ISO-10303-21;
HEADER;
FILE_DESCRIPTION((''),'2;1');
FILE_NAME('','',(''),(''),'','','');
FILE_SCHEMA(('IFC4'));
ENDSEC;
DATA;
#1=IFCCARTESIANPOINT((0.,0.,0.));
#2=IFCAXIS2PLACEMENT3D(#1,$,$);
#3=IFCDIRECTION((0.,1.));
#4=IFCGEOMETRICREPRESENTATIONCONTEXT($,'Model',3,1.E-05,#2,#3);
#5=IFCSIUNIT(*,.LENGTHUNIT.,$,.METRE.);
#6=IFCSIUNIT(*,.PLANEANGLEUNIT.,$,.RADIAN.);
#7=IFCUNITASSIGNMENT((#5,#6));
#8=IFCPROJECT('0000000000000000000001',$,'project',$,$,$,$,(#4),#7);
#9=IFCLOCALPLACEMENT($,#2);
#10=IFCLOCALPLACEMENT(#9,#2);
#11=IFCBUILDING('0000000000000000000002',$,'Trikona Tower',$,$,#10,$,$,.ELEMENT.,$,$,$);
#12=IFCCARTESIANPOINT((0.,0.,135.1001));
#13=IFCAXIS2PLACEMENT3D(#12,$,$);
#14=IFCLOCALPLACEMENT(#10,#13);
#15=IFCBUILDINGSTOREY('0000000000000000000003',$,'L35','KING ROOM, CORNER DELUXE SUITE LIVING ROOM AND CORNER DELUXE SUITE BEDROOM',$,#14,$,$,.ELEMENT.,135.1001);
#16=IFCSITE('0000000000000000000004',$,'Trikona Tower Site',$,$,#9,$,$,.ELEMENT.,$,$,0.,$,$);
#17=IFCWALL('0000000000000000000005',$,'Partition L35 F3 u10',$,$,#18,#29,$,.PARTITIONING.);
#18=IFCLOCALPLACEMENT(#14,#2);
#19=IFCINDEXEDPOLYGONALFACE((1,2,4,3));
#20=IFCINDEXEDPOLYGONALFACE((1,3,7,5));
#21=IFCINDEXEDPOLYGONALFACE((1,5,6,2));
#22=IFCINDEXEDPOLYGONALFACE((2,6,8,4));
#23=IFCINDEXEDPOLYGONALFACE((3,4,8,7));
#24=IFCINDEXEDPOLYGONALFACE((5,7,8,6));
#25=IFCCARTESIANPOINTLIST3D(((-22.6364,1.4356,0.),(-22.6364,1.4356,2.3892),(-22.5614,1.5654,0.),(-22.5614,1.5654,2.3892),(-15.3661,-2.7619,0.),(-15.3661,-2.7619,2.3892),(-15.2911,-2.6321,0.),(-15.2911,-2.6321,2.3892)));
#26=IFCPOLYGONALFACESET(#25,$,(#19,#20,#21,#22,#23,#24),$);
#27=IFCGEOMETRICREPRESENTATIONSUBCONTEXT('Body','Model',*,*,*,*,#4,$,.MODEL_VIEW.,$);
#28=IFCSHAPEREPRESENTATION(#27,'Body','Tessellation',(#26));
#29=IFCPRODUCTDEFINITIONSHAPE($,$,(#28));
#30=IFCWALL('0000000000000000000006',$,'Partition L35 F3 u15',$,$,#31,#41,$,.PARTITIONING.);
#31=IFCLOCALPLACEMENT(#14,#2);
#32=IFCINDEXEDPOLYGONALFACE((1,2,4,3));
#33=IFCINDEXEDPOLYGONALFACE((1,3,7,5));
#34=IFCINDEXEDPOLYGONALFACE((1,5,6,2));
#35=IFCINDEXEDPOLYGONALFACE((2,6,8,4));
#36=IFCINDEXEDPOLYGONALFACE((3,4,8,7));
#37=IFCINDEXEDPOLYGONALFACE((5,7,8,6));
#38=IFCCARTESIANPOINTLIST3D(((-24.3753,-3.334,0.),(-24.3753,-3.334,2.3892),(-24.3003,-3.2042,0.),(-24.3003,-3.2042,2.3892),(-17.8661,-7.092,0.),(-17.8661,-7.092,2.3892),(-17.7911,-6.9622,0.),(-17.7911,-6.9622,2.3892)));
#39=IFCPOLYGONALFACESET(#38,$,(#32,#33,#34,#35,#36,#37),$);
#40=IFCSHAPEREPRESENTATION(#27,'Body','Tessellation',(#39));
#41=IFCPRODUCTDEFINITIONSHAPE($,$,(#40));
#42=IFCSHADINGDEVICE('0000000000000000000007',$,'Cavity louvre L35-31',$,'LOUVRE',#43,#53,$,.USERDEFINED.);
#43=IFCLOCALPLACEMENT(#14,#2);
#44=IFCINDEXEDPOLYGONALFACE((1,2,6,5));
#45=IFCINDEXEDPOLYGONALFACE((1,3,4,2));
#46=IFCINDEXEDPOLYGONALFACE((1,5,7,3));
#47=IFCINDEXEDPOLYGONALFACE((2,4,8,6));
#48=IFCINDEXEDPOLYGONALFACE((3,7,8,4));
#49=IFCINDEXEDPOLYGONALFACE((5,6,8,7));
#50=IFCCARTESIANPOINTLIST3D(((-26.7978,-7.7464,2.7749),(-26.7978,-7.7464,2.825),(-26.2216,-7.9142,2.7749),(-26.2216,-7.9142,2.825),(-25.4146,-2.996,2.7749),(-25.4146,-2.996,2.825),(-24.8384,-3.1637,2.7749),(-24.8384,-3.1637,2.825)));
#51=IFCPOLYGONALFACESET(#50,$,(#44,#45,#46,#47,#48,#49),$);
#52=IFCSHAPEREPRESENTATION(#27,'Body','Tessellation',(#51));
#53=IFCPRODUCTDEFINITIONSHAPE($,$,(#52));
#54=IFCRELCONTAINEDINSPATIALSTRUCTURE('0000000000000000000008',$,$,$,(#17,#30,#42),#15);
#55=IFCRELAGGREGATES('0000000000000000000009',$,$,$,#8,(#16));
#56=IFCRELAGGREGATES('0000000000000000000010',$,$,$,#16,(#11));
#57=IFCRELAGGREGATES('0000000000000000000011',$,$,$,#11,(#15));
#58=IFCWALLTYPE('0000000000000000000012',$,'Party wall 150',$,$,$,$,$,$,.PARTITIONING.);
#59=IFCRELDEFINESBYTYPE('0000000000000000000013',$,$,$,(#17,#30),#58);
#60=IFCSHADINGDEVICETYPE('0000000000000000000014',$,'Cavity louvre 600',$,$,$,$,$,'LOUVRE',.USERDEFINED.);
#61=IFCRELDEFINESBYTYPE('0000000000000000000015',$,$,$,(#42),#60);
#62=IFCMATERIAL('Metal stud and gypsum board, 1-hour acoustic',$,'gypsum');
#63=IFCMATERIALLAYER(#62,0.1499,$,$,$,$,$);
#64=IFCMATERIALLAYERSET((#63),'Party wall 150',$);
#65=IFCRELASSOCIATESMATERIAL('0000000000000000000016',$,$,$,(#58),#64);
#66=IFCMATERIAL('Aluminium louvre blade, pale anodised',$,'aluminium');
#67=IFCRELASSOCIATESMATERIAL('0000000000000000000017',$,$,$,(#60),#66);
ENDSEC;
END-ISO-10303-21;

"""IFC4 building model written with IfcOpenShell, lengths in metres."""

from ifc_helpers import new_model, si_unit, direction, frame, frame_2d, origin, origin_2d, place, context, subcontext, project, spatial, rectangle, extrude, material, layer, layer_set, type_object, element, save


model = new_model("IFC4")

# Units and contexts
model_context = context("Model", 3, precision=1e-05, world=origin(), true_north=direction((0.0, 1.0)))
body_context = subcontext(model_context, "Body", "Model", "MODEL_VIEW")
ifc_project = project(units=[si_unit("LENGTHUNIT", "METRE"), si_unit("PLANEANGLEUNIT", "RADIAN")], contexts=[model_context])

# Site, building, storey
site_placement = place(None, origin())
site = spatial("IfcSite", under=ifc_project, at=site_placement, Name="Trikona Tower Site", CompositionType="ELEMENT", RefElevation=0.0)
building_placement = place(site_placement, origin())
building = spatial("IfcBuilding", under=site, at=building_placement, Name="Trikona Tower", CompositionType="ELEMENT")
storey_placement = place(building_placement, frame((0.0, 0.0, 135.1001)))
storey = spatial("IfcBuildingStorey", under=building, at=storey_placement, Name="L35", Description="KING ROOM, CORNER DELUXE SUITE LIVING ROOM AND CORNER DELUXE SUITE BEDROOM", CompositionType="ELEMENT", Elevation=135.1001)

# Walls
ifc_material_1 = material(Name="Metal stud and gypsum board, 1-hour acoustic", Category="gypsum")
ifc_layer_1 = layer(ifc_material_1, 0.1499)
ifc_layer_set_1 = layer_set([ifc_layer_1], Name="Party wall 150")
wall_type_1 = type_object("IfcWallType", Name="Party wall 150", PredefinedType="PARTITIONING", material=ifc_layer_set_1)
wall_1_placement = place(storey_placement, frame((-15.3286, -2.697, 0.0), z_axis=(0.0, 0.0, 1.0), x_axis=(-0.866024, 0.500002, 0.0)))
element("IfcWall", 1, at=wall_1_placement, inside=storey, type_object=wall_type_1, Name="Partition L35 F3 u10", PredefinedType="PARTITIONING", context=body_context, shape_type="SweptSolid", body=[
    extrude(rectangle(XDim=8.395, YDim=0.1499, at=frame_2d((4.1975, 0.0))), origin(), (0.0, 0.0, 1.0), 2.3892),
])
wall_2_placement = place(storey_placement, frame((-17.8286, -7.0271, 0.0), z_axis=(0.0, 0.0, 1.0), x_axis=(-0.86603, 0.499992, 0.0)))
element("IfcWall", 2, at=wall_2_placement, inside=storey, type_object=wall_type_1, Name="Partition L35 F3 u15", PredefinedType="PARTITIONING", context=body_context, shape_type="SweptSolid", body=[
    extrude(rectangle(XDim=7.5161, YDim=0.1499, at=frame_2d((3.7581, 0.0))), origin(), (0.0, 0.0, 1.0), 2.3892),
])

# Shading device
ifc_material_2 = material(Name="Aluminium louvre blade, pale anodised", Category="aluminium")
shading_device_type = type_object("IfcShadingDeviceType", Name="Cavity louvre 600", ElementType="LOUVRE", PredefinedType="USERDEFINED", material=ifc_material_2)
shading_device_placement = place(storey_placement, frame((-25.8181, -5.4551, 2.7749), z_axis=(0.0, 0.0, 1.0), x_axis=(-0.279554, -0.96013, 0.0)))
element("IfcShadingDevice", 3, at=shading_device_placement, inside=storey, type_object=shading_device_type, Name="Cavity louvre L35-31", ObjectType="LOUVRE", PredefinedType="USERDEFINED", context=body_context, shape_type="SweptSolid", body=[
    extrude(rectangle(XDim=4.9478, YDim=0.6001, at=origin_2d()), origin(), (0.0, 0.0, 1.0), 0.05),
])

save(model, "model.ifc")
